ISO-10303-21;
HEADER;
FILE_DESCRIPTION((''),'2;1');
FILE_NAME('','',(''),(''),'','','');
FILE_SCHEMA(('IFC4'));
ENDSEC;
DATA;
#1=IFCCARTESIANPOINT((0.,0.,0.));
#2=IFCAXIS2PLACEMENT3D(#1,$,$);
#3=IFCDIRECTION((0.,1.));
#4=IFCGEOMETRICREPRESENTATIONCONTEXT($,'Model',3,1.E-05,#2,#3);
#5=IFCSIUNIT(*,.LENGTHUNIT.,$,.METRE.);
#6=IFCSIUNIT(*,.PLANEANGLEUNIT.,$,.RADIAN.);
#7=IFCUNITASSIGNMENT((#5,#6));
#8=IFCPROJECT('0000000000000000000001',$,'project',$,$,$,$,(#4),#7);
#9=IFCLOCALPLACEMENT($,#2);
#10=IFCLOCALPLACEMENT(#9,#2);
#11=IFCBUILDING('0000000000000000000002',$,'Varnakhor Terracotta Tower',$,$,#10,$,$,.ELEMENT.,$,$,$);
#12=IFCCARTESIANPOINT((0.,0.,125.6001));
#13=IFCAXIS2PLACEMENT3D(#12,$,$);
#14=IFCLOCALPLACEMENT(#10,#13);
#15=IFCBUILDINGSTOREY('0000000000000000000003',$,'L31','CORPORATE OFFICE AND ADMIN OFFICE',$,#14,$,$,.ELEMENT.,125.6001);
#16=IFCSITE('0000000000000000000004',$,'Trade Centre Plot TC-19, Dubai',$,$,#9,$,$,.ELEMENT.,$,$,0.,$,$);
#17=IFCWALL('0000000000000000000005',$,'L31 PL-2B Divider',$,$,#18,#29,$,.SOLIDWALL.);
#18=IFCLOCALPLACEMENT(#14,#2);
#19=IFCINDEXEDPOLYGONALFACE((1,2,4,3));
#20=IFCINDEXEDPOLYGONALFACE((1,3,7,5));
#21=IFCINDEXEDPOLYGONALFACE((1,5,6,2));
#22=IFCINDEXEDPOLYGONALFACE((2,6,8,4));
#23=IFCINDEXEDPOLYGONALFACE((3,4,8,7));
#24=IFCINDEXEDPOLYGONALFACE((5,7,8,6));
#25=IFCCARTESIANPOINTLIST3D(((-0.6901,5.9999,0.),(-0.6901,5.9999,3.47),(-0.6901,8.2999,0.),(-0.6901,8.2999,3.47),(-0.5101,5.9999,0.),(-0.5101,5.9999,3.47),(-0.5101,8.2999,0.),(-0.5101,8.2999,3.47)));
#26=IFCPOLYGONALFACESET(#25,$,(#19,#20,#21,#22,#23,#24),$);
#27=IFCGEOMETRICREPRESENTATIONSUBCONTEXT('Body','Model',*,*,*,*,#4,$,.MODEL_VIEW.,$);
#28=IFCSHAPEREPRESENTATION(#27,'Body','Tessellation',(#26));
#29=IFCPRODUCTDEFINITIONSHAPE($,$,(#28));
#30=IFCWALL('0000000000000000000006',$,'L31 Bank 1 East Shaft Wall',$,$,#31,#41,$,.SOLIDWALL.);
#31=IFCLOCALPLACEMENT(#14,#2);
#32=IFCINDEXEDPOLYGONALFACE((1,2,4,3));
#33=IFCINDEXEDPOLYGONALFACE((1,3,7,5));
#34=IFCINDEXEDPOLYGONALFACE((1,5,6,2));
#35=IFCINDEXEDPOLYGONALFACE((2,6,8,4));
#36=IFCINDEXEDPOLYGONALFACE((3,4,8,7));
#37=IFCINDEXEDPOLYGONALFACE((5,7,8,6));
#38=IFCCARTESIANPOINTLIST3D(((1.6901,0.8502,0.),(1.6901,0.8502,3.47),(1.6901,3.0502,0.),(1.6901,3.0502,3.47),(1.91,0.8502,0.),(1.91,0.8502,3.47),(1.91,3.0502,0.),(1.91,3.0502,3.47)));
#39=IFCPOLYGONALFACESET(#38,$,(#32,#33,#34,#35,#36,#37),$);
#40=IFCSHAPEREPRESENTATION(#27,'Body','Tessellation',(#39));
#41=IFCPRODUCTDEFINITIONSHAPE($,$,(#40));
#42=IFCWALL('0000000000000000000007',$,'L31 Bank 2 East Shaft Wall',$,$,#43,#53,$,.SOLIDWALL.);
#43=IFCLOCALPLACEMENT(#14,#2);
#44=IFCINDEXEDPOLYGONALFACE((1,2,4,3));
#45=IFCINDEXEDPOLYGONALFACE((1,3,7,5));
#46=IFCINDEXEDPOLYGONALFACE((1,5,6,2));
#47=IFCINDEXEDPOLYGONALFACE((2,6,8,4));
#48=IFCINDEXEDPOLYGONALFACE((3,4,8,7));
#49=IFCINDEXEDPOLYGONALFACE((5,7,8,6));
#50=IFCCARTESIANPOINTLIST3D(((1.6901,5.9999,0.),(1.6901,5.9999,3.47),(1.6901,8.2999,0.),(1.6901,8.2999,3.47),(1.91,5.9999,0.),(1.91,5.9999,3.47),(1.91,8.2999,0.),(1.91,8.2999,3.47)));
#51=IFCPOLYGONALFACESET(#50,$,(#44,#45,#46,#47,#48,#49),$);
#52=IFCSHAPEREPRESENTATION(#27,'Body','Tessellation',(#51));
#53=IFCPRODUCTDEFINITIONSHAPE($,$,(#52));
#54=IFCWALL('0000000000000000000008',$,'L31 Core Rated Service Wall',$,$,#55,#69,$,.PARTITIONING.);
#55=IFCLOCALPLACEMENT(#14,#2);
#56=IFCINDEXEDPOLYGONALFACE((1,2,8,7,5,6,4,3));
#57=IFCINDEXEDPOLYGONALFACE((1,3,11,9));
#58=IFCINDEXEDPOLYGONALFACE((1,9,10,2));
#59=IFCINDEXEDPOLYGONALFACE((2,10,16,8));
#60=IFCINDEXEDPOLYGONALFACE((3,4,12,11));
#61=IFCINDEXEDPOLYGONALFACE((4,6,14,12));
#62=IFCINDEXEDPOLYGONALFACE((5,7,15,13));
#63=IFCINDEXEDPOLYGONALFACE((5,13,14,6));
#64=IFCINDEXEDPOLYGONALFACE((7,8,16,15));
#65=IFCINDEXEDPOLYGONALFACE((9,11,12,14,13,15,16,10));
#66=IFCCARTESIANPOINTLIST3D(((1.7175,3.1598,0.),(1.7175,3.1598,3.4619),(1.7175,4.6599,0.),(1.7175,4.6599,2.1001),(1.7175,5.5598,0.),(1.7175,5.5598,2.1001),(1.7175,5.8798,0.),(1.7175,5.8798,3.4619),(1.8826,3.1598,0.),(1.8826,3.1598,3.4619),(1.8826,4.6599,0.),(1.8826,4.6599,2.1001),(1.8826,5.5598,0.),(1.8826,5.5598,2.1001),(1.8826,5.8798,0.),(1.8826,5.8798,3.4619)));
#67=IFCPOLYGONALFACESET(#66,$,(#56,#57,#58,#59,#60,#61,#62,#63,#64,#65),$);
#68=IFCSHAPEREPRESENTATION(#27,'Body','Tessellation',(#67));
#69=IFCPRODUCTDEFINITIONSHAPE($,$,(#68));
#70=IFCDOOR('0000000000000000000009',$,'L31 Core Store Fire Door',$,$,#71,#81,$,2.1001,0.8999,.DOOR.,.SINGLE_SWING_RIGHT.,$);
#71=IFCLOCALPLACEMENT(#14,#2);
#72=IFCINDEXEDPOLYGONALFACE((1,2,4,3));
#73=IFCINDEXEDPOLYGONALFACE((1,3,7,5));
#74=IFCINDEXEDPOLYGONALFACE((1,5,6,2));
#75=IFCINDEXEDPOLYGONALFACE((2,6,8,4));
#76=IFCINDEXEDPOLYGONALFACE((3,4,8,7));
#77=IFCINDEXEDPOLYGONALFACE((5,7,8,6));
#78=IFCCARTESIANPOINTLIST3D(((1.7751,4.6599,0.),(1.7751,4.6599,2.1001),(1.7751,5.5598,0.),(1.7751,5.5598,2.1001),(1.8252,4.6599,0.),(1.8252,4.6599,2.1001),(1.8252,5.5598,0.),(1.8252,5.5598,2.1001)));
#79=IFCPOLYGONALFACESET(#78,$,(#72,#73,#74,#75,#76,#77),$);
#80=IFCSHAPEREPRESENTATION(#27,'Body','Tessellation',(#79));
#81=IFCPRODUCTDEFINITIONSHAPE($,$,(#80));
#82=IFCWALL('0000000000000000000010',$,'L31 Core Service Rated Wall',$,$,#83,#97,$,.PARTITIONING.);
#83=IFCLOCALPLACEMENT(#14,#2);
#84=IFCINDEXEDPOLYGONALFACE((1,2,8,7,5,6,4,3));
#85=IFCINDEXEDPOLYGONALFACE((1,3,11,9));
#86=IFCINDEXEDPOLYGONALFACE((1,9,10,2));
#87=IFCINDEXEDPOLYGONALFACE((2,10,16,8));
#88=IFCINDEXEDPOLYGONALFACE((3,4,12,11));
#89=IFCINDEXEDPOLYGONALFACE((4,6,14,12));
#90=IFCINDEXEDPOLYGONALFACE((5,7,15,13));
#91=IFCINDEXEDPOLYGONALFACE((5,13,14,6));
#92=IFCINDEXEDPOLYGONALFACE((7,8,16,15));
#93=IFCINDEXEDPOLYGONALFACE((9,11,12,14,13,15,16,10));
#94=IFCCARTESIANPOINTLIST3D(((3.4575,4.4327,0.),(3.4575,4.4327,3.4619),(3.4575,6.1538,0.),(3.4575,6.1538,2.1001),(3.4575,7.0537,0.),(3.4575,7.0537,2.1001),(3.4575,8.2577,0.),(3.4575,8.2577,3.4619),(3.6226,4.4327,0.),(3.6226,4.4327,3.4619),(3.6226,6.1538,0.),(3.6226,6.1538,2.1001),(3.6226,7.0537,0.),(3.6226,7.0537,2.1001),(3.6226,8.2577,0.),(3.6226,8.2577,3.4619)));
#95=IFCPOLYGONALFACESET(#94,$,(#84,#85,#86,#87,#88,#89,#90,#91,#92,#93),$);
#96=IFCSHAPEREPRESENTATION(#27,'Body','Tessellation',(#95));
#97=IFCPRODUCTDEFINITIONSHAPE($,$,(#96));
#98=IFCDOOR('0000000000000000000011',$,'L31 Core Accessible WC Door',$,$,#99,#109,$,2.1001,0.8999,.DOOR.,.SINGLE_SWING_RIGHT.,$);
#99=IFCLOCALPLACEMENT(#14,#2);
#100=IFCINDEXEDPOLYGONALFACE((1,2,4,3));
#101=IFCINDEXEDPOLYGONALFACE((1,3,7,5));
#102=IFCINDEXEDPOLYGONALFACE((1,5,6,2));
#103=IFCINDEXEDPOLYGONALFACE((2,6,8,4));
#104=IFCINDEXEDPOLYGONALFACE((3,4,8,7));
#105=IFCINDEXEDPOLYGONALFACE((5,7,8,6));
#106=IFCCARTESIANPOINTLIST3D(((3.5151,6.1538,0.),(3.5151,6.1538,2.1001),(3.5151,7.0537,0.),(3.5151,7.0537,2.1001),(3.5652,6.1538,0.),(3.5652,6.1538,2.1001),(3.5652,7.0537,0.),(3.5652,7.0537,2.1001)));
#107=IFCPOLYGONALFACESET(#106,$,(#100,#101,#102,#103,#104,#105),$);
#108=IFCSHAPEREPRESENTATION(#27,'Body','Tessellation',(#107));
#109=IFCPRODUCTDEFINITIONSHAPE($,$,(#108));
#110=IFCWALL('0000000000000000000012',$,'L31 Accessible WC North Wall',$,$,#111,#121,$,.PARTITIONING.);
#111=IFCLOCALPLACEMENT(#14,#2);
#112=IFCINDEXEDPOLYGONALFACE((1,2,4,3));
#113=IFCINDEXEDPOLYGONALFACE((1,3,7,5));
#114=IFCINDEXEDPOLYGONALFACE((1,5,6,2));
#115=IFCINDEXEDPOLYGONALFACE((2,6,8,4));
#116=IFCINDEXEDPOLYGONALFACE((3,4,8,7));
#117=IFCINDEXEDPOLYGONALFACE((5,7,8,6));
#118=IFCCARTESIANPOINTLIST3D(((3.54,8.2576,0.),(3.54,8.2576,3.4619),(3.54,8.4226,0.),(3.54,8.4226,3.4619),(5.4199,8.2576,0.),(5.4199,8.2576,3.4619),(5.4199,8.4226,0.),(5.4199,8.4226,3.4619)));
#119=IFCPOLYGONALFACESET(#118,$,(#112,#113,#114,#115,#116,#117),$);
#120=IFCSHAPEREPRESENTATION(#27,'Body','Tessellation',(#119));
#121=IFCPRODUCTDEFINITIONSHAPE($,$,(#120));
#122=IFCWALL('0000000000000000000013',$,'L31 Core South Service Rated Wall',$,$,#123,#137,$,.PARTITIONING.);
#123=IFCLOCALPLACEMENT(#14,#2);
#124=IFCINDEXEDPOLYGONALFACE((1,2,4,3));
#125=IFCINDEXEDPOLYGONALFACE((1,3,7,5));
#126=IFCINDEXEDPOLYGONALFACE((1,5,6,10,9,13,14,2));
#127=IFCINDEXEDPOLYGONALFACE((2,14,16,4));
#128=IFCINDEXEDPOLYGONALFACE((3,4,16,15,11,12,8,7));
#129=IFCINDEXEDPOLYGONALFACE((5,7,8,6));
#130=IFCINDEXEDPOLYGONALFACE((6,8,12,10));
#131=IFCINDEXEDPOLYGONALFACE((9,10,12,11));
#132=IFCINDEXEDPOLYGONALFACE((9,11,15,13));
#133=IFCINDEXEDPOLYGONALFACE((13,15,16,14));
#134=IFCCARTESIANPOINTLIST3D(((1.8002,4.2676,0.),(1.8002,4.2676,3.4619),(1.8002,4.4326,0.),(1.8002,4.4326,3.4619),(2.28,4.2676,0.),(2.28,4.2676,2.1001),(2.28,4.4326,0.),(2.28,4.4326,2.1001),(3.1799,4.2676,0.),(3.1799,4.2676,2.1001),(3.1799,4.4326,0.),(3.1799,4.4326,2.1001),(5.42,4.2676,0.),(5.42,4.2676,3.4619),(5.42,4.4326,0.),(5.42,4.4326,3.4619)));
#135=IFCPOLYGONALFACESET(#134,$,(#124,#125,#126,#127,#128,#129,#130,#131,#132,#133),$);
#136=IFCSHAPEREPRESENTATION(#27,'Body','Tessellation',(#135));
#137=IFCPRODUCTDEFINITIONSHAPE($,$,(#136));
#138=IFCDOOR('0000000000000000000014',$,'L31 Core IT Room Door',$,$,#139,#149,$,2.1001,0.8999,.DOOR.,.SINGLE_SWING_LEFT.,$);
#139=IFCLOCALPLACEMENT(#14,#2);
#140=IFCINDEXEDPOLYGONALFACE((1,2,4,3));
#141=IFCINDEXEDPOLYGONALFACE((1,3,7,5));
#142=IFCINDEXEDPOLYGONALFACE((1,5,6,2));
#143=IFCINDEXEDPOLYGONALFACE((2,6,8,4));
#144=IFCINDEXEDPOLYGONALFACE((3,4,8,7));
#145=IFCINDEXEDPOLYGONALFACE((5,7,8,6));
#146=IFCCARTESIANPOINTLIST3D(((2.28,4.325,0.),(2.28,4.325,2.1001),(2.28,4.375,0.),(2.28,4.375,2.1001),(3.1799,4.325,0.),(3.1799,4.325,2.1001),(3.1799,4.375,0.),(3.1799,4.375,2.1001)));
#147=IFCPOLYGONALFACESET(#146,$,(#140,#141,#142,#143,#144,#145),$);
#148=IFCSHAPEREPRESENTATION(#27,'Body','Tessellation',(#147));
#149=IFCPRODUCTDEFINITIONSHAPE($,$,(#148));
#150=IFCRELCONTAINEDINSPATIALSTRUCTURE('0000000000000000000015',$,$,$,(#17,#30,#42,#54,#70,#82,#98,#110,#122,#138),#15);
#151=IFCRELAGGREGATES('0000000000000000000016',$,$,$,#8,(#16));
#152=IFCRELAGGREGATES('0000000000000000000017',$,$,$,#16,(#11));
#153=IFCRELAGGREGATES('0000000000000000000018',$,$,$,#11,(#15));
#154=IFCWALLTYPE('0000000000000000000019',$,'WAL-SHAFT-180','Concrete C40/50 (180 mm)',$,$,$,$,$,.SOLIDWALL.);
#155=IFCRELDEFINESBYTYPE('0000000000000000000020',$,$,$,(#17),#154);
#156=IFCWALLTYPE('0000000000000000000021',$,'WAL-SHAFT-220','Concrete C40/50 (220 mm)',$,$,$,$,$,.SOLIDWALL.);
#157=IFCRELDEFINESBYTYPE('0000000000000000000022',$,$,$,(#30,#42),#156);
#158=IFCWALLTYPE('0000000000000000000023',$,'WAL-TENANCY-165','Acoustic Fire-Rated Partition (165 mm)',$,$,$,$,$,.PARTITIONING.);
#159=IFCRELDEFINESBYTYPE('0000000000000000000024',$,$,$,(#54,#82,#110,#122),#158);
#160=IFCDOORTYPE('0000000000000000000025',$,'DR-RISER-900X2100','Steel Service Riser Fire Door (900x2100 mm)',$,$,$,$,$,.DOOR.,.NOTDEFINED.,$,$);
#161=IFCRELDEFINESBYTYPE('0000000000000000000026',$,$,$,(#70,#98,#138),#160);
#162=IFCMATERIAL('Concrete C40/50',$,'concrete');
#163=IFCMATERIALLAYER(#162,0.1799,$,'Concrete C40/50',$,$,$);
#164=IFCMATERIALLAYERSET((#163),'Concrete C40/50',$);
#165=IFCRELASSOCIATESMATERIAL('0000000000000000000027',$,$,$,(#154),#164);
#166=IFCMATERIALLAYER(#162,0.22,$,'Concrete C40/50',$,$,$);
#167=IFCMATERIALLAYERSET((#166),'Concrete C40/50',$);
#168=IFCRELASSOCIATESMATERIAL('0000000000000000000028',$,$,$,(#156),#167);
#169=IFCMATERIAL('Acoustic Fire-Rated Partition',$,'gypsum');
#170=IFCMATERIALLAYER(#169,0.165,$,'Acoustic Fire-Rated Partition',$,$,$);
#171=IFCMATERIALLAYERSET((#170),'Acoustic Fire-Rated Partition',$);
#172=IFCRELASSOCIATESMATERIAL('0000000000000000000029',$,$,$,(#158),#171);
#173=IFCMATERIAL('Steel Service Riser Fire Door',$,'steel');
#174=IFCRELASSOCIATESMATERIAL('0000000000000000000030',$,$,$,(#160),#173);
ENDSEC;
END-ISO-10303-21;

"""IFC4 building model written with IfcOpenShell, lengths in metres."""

from ifc_helpers import new_model, si_unit, direction, frame, frame_2d, origin, place, context, subcontext, project, spatial, rectangle, extrude, source, transform, mapped, material, layer, layer_set, type_object, type_shapes, element, fill, save


model = new_model("IFC4")

# Units and contexts
model_context = context("Model", 3, precision=1e-05, world=origin(), true_north=direction((0.0, 1.0)))
body_context = subcontext(model_context, "Body", "Model", "MODEL_VIEW")
ifc_project = project(units=[si_unit("LENGTHUNIT", "METRE"), si_unit("PLANEANGLEUNIT", "RADIAN")], contexts=[model_context])

# Site, building, storey
site_placement = place(None, origin())
site = spatial("IfcSite", under=ifc_project, at=site_placement, Name="Trade Centre Plot TC-19, Dubai", CompositionType="ELEMENT", RefElevation=0.0)
building_placement = place(site_placement, origin())
building = spatial("IfcBuilding", under=site, at=building_placement, Name="Varnakhor Terracotta Tower", CompositionType="ELEMENT")
storey_placement = place(building_placement, frame((0.0, 0.0, 125.6001)))
storey = spatial("IfcBuildingStorey", under=building, at=storey_placement, Name="L31", Description="CORPORATE OFFICE AND ADMIN OFFICE", CompositionType="ELEMENT", Elevation=125.6001)

# Shared definitions
ifc_material_1 = material(Name="Concrete C40/50", Category="concrete")

# Walls
ifc_layer_1 = layer(ifc_material_1, 0.1799, Name="Concrete C40/50")
ifc_layer_set_1 = layer_set([ifc_layer_1], Name="Concrete C40/50")
wall_type_1 = type_object("IfcWallType", Name="WAL-SHAFT-180", Description="Concrete C40/50 (180 mm)", PredefinedType="SOLIDWALL", material=ifc_layer_set_1)
wall_1_placement = place(storey_placement, frame((-0.6001, 6.0, 0.0), z_axis=(0.0, 0.0, 1.0), x_axis=(0.0, 1.0, 0.0)))
element("IfcWall", 1, at=wall_1_placement, inside=storey, type_object=wall_type_1, Name="L31 PL-2B Divider", PredefinedType="SOLIDWALL", context=body_context, shape_type="SweptSolid", body=[
    extrude(rectangle(XDim=2.3, YDim=0.1799, at=frame_2d((1.1499, 0.0))), origin(), (0.0, 0.0, 1.0), 3.47),
])
ifc_layer_2 = layer(ifc_material_1, 0.22, Name="Concrete C40/50")
ifc_layer_set_2 = layer_set([ifc_layer_2], Name="Concrete C40/50")
wall_type_2 = type_object("IfcWallType", Name="WAL-SHAFT-220", Description="Concrete C40/50 (220 mm)", PredefinedType="SOLIDWALL", material=ifc_layer_set_2)
wall_2_placement = place(storey_placement, frame((1.8, 0.8501, 0.0), z_axis=(0.0, 0.0, 1.0), x_axis=(0.0, 1.0, 0.0)))
element("IfcWall", 2, at=wall_2_placement, inside=storey, type_object=wall_type_2, Name="L31 Bank 1 East Shaft Wall", PredefinedType="SOLIDWALL", context=body_context, shape_type="SweptSolid", body=[
    extrude(rectangle(XDim=2.2, YDim=0.22, at=frame_2d((1.1001, 0.0))), origin(), (0.0, 0.0, 1.0), 3.47),
])
wall_3_placement = place(storey_placement, frame((1.8, 6.0, 0.0), z_axis=(0.0, 0.0, 1.0), x_axis=(0.0, 1.0, 0.0)))
element("IfcWall", 3, at=wall_3_placement, inside=storey, type_object=wall_type_2, Name="L31 Bank 2 East Shaft Wall", PredefinedType="SOLIDWALL", context=body_context, shape_type="SweptSolid", body=[
    extrude(rectangle(XDim=2.3, YDim=0.22, at=frame_2d((1.1499, 0.0))), origin(), (0.0, 0.0, 1.0), 3.47),
])

# Walls, openings, doors
ifc_material_2 = material(Name="Acoustic Fire-Rated Partition", Category="gypsum")
ifc_layer_3 = layer(ifc_material_2, 0.165, Name="Acoustic Fire-Rated Partition")
ifc_layer_set_3 = layer_set([ifc_layer_3], Name="Acoustic Fire-Rated Partition")
wall_type_3 = type_object("IfcWallType", Name="WAL-TENANCY-165", Description="Acoustic Fire-Rated Partition (165 mm)", PredefinedType="PARTITIONING", material=ifc_layer_set_3)
wall_4_placement = place(storey_placement, frame((1.8, 3.1599, 0.0), z_axis=(0.0, 0.0, 1.0), x_axis=(0.0, 1.0, 0.0)))
wall_4 = element("IfcWall", 4, at=wall_4_placement, inside=storey, type_object=wall_type_3, Name="L31 Core Rated Service Wall", PredefinedType="PARTITIONING", context=body_context, shape_type="SweptSolid", body=[
    extrude(rectangle(XDim=2.72, YDim=0.165, at=frame_2d((1.3599, 0.0))), origin(), (0.0, 0.0, 1.0), 3.4619),
])
opening_1_placement = place(wall_4_placement, frame((1.5, 0.0, 0.0)))
opening_1 = element("IfcOpeningElement", 5, at=opening_1_placement, cuts=wall_4, PredefinedType="OPENING", context=body_context, shape_type="SweptSolid", body=[
    extrude(rectangle(XDim=0.8999, YDim=2.1001, at=frame_2d((0.45, 1.05))), frame((0.0, 0.0925, 0.0), z_axis=(0.0, -1.0, 0.0), x_axis=(1.0, 0.0, 0.0)), (0.0, 0.0, 1.0), 0.1851),
])
ifc_material_3 = material(Name="Steel Service Riser Fire Door", Category="steel")
door_type = type_object("IfcDoorType", Name="DR-RISER-900X2100", Description="Steel Service Riser Fire Door (900x2100 mm)", OperationType="NOTDEFINED", PredefinedType="DOOR", material=ifc_material_3)
shared_shape = source(origin(), body_context, "Body", "SweptSolid", [
    extrude(rectangle(XDim=0.8999, YDim=2.1001, at=frame_2d((0.45, 1.05))), frame((0.0, 0.0249, 0.0), z_axis=(0.0, -1.0, 0.0), x_axis=(1.0, 0.0, 0.0)), (0.0, 0.0, 1.0), 0.05),
])
type_shapes(door_type, [shared_shape])
door_1_placement = place(opening_1_placement, origin())
door_1 = element("IfcDoor", 6, at=door_1_placement, inside=storey, type_object=door_type, Name="L31 Core Store Fire Door", OperationType="SINGLE_SWING_RIGHT", OverallHeight=2.1001, OverallWidth=0.8999, PredefinedType="DOOR", context=body_context, shape_type="MappedRepresentation", body=[
    mapped(shared_shape, transform((0.0, 0.0, 0.0), scale=1.0)),
])
fill(opening_1, door_1)
wall_5_placement = place(storey_placement, frame((3.54, 4.4326, 0.0), z_axis=(0.0, 0.0, 1.0), x_axis=(0.0, 1.0, 0.0)))
wall_5 = element("IfcWall", 7, at=wall_5_placement, inside=storey, type_object=wall_type_3, Name="L31 Core Service Rated Wall", PredefinedType="PARTITIONING", context=body_context, shape_type="SweptSolid", body=[
    extrude(rectangle(XDim=3.825, YDim=0.165, at=frame_2d((1.9126, 0.0))), origin(), (0.0, 0.0, 1.0), 3.4619),
])
opening_2_placement = place(wall_5_placement, frame((1.7212, 0.0, 0.0)))
opening_2 = element("IfcOpeningElement", 8, at=opening_2_placement, cuts=wall_5, PredefinedType="OPENING", context=body_context, shape_type="SweptSolid", body=[
    extrude(rectangle(XDim=0.8999, YDim=2.1001, at=frame_2d((0.45, 1.05))), frame((0.0, 0.0925, 0.0), z_axis=(0.0, -1.0, 0.0), x_axis=(1.0, 0.0, 0.0)), (0.0, 0.0, 1.0), 0.1851),
])
door_2_placement = place(opening_2_placement, origin())
door_2 = element("IfcDoor", 9, at=door_2_placement, inside=storey, type_object=door_type, Name="L31 Core Accessible WC Door", OperationType="SINGLE_SWING_RIGHT", OverallHeight=2.1001, OverallWidth=0.8999, PredefinedType="DOOR", context=body_context, shape_type="MappedRepresentation", body=[
    mapped(shared_shape, transform((0.0, 0.0, 0.0), scale=1.0)),
])
fill(opening_2, door_2)

# Wall
wall_6_placement = place(storey_placement, frame((3.54, 8.3401, 0.0), z_axis=(0.0, 0.0, 1.0), x_axis=(1.0, 0.0, 0.0)))
element("IfcWall", 10, at=wall_6_placement, inside=storey, type_object=wall_type_3, Name="L31 Accessible WC North Wall", PredefinedType="PARTITIONING", context=body_context, shape_type="SweptSolid", body=[
    extrude(rectangle(XDim=1.8799, YDim=0.165, at=frame_2d((0.9399, 0.0))), origin(), (0.0, 0.0, 1.0), 3.4619),
])

# Wall, opening, door
wall_7_placement = place(storey_placement, frame((1.8, 4.3501, 0.0), z_axis=(0.0, 0.0, 1.0), x_axis=(1.0, 0.0, 0.0)))
wall_7 = element("IfcWall", 11, at=wall_7_placement, inside=storey, type_object=wall_type_3, Name="L31 Core South Service Rated Wall", PredefinedType="PARTITIONING", context=body_context, shape_type="SweptSolid", body=[
    extrude(rectangle(XDim=3.6199, YDim=0.165, at=frame_2d((1.8101, 0.0))), origin(), (0.0, 0.0, 1.0), 3.4619),
])
opening_3_placement = place(wall_7_placement, frame((0.48, 0.0, 0.0)))
opening_3 = element("IfcOpeningElement", 12, at=opening_3_placement, cuts=wall_7, PredefinedType="OPENING", context=body_context, shape_type="SweptSolid", body=[
    extrude(rectangle(XDim=0.8999, YDim=2.1001, at=frame_2d((0.45, 1.05))), frame((0.0, 0.0925, 0.0), z_axis=(0.0, -1.0, 0.0), x_axis=(1.0, 0.0, 0.0)), (0.0, 0.0, 1.0), 0.1851),
])
door_3_placement = place(opening_3_placement, origin())
door_3 = element("IfcDoor", 13, at=door_3_placement, inside=storey, type_object=door_type, Name="L31 Core IT Room Door", OperationType="SINGLE_SWING_LEFT", OverallHeight=2.1001, OverallWidth=0.8999, PredefinedType="DOOR", context=body_context, shape_type="MappedRepresentation", body=[
    mapped(shared_shape, transform((0.0, 0.0, 0.0), scale=1.0)),
])
fill(opening_3, door_3)

save(model, "model.ifc")
